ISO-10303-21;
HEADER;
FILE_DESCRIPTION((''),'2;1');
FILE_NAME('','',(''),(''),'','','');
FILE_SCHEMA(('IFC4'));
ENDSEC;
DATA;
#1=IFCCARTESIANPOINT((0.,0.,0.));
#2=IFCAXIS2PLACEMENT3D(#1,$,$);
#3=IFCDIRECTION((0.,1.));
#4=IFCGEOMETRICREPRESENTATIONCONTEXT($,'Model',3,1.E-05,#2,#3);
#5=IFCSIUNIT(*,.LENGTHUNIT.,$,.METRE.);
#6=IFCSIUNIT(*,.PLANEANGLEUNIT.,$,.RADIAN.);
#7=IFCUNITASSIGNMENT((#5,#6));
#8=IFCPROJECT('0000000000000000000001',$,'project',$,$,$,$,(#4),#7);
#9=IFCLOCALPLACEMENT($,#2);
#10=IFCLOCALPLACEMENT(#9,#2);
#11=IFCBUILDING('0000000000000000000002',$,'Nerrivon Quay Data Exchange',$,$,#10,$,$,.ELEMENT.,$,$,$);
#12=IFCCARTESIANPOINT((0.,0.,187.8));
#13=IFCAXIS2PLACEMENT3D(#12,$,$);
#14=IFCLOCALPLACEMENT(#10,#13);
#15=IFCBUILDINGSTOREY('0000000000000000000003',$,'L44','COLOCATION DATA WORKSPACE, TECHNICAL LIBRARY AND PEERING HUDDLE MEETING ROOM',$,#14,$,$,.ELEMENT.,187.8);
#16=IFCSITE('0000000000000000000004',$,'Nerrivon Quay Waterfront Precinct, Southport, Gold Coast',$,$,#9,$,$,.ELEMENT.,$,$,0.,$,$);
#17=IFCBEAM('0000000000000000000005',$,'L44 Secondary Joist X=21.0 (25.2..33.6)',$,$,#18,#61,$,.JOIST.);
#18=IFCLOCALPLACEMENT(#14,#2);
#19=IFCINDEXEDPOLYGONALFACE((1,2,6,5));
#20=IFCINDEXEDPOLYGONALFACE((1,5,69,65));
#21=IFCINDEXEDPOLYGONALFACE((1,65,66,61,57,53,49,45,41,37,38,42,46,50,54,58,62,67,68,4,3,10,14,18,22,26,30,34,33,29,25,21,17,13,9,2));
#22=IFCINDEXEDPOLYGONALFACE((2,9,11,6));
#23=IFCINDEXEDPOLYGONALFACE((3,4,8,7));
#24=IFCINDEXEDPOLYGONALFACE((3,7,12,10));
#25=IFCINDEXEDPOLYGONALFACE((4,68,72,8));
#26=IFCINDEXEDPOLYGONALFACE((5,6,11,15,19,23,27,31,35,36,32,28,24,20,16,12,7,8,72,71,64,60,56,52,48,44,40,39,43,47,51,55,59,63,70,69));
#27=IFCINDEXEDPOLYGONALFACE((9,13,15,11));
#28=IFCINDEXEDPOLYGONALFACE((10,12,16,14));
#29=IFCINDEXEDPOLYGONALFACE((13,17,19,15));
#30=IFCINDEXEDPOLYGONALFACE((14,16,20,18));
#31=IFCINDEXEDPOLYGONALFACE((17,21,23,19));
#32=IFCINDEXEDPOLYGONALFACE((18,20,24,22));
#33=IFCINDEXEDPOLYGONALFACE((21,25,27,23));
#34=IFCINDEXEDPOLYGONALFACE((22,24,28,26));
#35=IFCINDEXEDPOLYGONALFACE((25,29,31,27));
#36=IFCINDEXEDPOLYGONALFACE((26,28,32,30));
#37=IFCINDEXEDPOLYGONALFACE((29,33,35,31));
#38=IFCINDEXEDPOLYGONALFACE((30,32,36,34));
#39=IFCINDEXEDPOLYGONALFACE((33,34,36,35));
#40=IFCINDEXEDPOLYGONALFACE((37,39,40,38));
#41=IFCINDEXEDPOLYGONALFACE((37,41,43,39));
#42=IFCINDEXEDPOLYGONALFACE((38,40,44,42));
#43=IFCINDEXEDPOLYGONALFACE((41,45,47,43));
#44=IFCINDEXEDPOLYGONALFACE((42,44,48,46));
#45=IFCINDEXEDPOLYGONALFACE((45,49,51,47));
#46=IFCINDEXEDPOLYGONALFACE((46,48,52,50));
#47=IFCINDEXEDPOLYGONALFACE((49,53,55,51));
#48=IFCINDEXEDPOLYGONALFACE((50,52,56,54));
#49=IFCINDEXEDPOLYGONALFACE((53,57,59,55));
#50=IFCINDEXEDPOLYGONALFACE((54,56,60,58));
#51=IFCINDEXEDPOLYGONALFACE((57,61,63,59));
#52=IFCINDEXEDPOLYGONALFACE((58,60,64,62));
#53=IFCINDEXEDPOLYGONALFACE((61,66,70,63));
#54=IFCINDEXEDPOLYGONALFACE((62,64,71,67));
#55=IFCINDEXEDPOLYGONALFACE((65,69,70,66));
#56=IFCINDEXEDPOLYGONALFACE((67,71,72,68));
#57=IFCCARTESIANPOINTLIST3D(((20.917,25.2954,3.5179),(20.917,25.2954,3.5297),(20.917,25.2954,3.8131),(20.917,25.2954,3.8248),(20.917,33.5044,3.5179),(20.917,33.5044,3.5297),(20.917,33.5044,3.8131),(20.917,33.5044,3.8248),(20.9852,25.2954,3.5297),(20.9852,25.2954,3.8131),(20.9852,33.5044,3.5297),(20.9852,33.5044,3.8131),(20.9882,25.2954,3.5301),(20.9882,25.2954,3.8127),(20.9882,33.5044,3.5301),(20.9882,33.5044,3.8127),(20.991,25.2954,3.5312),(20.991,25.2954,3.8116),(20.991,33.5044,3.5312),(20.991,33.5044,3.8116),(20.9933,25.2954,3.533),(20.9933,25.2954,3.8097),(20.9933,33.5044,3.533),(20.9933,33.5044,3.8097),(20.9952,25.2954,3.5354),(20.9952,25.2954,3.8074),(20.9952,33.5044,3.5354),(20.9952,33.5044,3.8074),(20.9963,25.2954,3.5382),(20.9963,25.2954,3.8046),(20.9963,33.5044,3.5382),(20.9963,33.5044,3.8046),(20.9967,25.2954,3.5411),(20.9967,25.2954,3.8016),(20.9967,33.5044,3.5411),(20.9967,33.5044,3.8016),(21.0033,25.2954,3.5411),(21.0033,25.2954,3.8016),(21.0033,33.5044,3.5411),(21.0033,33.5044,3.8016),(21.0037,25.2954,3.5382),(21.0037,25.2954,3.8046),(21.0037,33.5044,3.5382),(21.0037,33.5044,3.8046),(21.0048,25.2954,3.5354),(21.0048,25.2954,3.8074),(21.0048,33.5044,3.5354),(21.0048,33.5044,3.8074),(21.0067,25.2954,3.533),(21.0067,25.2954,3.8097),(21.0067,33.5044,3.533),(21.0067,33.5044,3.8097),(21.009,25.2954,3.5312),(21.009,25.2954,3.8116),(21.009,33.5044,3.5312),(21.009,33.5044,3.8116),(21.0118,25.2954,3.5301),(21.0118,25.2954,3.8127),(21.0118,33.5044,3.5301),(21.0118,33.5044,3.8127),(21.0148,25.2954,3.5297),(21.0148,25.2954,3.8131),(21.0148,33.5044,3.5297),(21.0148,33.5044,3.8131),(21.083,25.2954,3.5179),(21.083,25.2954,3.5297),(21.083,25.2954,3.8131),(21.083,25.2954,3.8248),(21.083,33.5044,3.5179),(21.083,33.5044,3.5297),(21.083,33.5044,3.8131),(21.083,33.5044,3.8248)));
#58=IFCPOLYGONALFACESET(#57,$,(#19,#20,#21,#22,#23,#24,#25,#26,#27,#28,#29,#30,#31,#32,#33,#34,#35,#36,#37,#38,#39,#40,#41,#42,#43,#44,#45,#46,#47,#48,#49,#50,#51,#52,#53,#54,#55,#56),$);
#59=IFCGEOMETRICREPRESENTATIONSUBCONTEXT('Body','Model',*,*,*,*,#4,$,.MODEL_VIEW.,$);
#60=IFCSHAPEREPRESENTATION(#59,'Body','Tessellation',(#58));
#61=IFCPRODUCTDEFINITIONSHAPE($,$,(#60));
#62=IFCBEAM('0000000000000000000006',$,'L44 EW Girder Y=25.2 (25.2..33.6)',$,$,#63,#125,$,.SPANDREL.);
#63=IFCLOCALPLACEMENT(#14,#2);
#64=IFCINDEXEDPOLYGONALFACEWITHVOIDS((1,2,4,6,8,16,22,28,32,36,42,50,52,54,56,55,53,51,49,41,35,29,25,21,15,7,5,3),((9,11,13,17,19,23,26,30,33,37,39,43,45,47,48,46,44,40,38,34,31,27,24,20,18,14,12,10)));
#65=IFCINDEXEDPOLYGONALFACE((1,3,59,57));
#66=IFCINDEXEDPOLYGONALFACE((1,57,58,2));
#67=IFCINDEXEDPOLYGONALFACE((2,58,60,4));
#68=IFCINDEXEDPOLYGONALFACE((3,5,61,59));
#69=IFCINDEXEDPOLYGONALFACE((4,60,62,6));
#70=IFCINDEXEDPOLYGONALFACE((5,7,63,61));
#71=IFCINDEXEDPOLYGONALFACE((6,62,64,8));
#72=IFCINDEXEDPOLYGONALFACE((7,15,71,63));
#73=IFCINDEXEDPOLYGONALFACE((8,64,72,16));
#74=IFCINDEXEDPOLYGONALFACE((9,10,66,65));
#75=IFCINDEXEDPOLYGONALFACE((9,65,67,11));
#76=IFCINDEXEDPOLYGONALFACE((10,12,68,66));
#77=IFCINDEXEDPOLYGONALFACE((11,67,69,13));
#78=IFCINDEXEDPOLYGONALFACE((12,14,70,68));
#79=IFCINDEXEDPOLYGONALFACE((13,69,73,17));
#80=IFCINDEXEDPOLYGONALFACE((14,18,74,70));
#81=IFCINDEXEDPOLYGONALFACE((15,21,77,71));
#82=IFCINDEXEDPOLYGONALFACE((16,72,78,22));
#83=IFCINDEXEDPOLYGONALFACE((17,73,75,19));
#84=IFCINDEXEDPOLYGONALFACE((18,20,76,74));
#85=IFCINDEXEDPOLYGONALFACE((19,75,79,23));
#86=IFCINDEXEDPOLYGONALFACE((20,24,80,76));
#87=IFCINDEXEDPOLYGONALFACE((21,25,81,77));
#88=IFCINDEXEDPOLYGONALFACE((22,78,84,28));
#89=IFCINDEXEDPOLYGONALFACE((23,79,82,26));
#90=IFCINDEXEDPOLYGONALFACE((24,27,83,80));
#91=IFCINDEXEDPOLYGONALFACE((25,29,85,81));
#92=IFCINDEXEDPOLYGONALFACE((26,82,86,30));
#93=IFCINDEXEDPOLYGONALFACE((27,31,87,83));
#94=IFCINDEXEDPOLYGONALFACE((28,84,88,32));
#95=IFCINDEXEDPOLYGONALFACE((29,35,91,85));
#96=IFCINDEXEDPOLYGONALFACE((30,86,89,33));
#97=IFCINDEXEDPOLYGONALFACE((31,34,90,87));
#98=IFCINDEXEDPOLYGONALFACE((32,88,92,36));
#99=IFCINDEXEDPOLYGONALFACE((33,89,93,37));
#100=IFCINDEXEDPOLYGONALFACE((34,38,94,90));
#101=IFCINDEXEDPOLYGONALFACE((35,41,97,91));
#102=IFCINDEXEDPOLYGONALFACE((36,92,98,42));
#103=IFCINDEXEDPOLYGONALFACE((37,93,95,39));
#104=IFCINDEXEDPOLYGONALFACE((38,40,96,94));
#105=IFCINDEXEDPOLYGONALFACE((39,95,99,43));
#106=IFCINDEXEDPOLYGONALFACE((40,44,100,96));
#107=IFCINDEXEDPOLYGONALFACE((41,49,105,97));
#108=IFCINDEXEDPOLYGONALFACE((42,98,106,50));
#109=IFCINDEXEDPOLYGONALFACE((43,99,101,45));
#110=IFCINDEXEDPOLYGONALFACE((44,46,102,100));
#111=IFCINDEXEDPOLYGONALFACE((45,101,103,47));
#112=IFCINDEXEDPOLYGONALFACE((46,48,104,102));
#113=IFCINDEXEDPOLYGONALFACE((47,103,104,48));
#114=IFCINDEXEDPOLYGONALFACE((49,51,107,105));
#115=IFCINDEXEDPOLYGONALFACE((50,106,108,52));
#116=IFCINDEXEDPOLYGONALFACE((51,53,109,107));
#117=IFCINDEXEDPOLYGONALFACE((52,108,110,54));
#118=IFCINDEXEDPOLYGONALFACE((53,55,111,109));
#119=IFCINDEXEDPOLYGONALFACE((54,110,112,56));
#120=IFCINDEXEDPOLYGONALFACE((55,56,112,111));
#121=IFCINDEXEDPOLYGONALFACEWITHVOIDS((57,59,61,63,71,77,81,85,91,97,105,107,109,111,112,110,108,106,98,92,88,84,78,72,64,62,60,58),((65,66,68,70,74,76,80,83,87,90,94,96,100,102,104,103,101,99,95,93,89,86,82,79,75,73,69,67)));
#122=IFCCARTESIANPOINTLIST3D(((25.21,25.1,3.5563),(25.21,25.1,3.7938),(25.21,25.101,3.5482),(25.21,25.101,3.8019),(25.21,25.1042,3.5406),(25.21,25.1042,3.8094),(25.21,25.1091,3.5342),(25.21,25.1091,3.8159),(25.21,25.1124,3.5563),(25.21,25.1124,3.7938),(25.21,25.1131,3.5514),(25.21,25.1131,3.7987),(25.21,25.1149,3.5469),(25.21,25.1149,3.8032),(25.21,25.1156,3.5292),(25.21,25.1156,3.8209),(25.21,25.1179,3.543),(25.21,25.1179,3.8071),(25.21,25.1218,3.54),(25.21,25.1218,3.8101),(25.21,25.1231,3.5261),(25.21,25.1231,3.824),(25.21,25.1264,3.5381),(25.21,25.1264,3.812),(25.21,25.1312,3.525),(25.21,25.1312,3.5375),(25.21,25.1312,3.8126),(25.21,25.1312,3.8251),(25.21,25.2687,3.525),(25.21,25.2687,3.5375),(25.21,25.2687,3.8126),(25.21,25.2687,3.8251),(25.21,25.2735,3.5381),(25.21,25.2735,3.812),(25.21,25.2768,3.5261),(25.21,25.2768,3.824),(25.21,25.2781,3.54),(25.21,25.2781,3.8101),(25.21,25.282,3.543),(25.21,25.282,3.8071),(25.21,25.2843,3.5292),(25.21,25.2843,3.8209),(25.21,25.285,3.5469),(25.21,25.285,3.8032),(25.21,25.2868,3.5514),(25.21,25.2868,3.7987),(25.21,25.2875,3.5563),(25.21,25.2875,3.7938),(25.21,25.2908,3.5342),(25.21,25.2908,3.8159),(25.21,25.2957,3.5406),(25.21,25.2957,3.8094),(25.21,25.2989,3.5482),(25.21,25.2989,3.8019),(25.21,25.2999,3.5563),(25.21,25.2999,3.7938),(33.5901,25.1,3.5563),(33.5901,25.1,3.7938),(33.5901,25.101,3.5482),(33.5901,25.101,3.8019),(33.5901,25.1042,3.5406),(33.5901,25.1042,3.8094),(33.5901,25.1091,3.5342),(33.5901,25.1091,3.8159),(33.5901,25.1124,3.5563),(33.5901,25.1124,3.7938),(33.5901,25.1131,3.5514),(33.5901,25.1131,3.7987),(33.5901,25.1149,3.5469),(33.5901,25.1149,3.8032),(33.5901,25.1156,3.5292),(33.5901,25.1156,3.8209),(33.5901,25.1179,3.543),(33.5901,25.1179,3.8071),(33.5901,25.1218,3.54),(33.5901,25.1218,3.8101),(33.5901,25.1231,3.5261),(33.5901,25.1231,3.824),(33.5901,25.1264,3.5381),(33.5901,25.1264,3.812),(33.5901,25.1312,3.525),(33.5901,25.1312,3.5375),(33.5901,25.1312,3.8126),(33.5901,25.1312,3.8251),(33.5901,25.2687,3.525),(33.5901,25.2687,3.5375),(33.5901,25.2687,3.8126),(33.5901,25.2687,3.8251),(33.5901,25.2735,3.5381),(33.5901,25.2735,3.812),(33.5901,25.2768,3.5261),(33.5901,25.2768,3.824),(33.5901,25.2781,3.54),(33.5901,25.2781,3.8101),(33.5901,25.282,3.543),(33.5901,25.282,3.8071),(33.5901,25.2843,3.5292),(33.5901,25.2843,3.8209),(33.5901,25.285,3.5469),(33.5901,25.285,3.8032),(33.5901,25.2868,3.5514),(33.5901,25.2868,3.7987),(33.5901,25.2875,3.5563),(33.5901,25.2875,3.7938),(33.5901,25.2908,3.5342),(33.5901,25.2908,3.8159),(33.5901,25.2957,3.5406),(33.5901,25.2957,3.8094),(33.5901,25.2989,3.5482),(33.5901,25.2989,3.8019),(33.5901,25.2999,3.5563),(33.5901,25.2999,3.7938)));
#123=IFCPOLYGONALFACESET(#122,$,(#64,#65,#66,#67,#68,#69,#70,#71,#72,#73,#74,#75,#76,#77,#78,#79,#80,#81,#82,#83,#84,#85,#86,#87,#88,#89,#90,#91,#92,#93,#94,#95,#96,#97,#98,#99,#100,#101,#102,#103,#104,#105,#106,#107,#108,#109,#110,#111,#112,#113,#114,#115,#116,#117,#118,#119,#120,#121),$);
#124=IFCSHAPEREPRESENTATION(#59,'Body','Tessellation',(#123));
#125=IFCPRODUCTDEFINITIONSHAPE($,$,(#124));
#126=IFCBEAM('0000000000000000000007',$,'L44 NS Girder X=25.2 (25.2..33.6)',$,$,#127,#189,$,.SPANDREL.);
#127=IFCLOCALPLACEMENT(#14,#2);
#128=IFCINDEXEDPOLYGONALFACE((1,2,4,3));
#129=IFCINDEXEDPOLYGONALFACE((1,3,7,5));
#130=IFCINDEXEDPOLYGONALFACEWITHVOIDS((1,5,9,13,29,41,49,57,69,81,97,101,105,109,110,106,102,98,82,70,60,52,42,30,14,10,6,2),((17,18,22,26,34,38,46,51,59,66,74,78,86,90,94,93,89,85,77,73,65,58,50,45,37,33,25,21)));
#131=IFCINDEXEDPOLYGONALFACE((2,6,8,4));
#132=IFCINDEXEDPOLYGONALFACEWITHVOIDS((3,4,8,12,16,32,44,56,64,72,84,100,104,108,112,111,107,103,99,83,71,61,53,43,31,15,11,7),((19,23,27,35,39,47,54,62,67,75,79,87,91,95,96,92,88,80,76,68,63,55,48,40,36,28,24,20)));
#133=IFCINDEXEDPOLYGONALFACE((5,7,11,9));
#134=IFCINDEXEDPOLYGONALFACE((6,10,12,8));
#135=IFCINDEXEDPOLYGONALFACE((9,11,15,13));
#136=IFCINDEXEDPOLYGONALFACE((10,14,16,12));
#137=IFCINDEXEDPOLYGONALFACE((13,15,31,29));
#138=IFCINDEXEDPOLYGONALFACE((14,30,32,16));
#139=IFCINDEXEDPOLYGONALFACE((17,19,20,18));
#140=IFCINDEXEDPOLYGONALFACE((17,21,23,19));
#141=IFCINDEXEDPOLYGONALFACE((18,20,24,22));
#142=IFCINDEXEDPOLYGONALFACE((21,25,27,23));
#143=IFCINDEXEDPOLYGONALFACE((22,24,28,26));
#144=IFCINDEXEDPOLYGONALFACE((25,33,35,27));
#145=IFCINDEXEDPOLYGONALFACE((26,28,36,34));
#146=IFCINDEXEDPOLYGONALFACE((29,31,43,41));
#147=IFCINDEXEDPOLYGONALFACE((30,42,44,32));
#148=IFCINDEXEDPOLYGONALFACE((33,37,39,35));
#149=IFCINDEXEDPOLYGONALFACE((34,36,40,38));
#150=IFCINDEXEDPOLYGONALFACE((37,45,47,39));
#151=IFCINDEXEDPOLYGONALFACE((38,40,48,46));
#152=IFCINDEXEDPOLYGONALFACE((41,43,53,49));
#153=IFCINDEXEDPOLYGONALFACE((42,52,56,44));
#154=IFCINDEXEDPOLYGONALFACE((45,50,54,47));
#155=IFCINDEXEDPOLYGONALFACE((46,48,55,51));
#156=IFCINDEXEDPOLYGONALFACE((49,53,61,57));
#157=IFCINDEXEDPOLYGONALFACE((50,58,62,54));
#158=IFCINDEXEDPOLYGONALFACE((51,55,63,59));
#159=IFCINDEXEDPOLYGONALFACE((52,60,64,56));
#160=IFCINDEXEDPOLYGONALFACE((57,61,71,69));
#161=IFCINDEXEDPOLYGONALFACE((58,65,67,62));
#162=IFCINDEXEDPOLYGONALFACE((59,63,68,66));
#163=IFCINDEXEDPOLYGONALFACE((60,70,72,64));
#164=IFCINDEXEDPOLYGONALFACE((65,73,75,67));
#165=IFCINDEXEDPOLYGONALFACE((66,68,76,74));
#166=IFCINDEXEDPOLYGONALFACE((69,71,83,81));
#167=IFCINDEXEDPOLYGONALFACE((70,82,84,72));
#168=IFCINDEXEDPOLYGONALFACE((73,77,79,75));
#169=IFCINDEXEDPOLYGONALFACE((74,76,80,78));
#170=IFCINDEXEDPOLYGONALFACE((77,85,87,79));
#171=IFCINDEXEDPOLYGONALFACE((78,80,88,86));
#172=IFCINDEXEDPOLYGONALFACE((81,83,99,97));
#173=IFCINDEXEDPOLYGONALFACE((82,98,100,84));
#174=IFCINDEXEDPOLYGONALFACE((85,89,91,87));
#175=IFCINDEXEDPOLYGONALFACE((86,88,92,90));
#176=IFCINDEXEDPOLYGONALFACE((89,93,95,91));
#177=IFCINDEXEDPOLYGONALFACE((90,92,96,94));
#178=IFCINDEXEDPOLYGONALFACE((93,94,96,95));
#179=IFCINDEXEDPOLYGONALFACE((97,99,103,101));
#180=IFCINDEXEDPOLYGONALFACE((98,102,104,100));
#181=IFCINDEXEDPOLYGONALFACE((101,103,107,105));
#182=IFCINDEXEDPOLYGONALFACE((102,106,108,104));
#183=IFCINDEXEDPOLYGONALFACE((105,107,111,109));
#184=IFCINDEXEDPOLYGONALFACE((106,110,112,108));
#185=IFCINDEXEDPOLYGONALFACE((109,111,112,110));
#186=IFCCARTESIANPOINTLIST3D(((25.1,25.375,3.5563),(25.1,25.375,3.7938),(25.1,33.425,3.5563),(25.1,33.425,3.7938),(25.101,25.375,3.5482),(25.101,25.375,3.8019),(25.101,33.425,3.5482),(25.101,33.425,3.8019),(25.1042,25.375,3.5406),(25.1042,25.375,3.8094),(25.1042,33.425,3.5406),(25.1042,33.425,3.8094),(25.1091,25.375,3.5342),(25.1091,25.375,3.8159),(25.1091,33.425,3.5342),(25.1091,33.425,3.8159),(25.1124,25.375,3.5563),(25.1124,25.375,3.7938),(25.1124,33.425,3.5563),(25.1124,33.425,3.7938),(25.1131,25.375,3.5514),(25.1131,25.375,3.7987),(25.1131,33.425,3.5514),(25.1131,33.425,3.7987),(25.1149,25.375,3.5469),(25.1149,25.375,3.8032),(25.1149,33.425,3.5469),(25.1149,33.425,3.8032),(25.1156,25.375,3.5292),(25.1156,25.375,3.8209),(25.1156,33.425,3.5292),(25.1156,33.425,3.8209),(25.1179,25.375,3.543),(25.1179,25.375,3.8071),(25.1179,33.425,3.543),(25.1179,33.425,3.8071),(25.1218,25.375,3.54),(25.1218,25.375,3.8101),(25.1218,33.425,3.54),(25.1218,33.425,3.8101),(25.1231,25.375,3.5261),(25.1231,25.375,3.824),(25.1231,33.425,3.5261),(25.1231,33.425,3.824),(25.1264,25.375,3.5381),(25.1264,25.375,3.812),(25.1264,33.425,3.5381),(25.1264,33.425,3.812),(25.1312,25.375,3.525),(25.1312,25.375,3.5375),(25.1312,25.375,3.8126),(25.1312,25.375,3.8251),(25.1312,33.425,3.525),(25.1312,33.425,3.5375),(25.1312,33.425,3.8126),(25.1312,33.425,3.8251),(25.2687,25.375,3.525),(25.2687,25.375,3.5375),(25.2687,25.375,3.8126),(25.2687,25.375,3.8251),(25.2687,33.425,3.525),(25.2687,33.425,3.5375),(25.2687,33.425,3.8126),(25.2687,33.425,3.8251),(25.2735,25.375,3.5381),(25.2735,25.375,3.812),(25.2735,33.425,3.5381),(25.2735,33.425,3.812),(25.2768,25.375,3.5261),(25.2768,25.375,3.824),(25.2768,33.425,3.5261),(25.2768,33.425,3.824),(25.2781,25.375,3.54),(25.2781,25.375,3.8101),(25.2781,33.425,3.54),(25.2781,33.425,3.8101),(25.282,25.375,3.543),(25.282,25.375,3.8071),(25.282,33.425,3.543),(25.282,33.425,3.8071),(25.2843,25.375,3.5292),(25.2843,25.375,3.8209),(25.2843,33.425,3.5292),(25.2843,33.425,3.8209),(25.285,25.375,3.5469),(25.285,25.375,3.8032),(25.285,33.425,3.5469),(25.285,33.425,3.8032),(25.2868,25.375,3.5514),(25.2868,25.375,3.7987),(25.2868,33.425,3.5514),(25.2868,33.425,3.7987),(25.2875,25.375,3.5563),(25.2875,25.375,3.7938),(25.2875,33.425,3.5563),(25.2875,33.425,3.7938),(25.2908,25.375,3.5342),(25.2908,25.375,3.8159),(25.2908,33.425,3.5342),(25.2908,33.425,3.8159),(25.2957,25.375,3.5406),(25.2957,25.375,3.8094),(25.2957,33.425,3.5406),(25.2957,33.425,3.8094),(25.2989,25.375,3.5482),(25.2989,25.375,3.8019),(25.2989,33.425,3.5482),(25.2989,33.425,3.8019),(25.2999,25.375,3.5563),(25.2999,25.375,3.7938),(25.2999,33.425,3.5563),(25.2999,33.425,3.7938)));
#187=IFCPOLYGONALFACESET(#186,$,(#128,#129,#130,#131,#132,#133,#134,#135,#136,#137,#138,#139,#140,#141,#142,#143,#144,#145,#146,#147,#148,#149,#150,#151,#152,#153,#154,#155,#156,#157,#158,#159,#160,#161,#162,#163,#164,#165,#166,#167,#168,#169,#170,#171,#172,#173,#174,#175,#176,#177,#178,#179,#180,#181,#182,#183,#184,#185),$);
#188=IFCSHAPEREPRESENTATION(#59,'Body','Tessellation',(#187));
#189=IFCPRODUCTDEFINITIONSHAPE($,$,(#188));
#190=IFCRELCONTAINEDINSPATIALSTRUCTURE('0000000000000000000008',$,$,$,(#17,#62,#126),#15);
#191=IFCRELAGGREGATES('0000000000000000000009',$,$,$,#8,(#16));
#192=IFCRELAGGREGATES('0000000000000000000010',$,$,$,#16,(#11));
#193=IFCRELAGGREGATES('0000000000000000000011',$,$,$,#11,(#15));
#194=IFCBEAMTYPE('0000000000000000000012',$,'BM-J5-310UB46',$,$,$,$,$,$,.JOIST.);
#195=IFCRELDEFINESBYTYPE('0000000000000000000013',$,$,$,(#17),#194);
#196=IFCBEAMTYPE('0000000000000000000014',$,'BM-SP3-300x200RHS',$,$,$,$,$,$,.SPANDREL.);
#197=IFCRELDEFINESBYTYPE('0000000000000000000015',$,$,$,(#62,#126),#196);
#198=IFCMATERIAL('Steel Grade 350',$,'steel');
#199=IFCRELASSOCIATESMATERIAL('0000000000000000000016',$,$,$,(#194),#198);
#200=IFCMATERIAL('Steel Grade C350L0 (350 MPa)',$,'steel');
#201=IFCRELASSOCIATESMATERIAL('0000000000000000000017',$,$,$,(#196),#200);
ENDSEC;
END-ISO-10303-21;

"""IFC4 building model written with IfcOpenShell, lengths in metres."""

from ifc_helpers import new_model, si_unit, direction, frame, origin, origin_2d, place, context, subcontext, project, spatial, hollow_rectangle, i_section, extrude, material, material_profile, profile_set, type_object, element, save


model = new_model("IFC4")

# Units and contexts
model_context = context("Model", 3, precision=1e-05, world=origin(), true_north=direction((0.0, 1.0)))
body_context = subcontext(model_context, "Body", "Model", "MODEL_VIEW")
ifc_project = project(units=[si_unit("LENGTHUNIT", "METRE"), si_unit("PLANEANGLEUNIT", "RADIAN")], contexts=[model_context])

# Site, building, storey
site_placement = place(None, origin())
site = spatial("IfcSite", under=ifc_project, at=site_placement, Name="Nerrivon Quay Waterfront Precinct, Southport, Gold Coast", CompositionType="ELEMENT", RefElevation=0.0)
building_placement = place(site_placement, origin())
building = spatial("IfcBuilding", under=site, at=building_placement, Name="Nerrivon Quay Data Exchange", CompositionType="ELEMENT")
storey_placement = place(building_placement, frame((0.0, 0.0, 187.8)))
storey = spatial("IfcBuildingStorey", under=building, at=storey_placement, Name="L44", Description="COLOCATION DATA WORKSPACE, TECHNICAL LIBRARY AND PEERING HUDDLE MEETING ROOM", CompositionType="ELEMENT", Elevation=187.8)

# Shared definitions
ifc_material_1 = material(Name="Steel Grade 350", Category="steel")

# Beams
ifc_material_profile_1 = material_profile(ifc_material_1, i_section(OverallWidth=0.166, OverallDepth=0.3069, WebThickness=0.0066, FlangeThickness=0.0117, FilletRadius=0.0115, at=origin_2d()), Name="310UB46.2")
ifc_profile_set_1 = profile_set([ifc_material_profile_1], Name="Steel Grade 350")
beam_type_1 = type_object("IfcBeamType", Name="BM-J5-310UB46", PredefinedType="JOIST", material=ifc_profile_set_1)
for number, where, z_axis, x_axis, name in (
    (1, (21.0, 25.2954, 3.6714), (0.0, 1.0, 0.0), (-1.0, 0.0, 0.0), "L44 Secondary Joist X=21.0 (25.2..33.6)"),
):
    element("IfcBeam", number, at=place(storey_placement, frame(where, z_axis=z_axis, x_axis=x_axis)), inside=storey, type_object=beam_type_1, Name=name, PredefinedType="JOIST", context=body_context, shape_type="SweptSolid", body=[
        extrude(i_section(OverallWidth=0.166, OverallDepth=0.3069, WebThickness=0.0066, FlangeThickness=0.0117, FilletRadius=0.0115, at=origin_2d()), origin(), (0.0, 0.0, 1.0), 8.209),
    ])
ifc_material_2 = material(Name="Steel Grade C350L0 (350 MPa)", Category="steel")
ifc_material_profile_2 = material_profile(ifc_material_2, hollow_rectangle(XDim=0.2, YDim=0.3, WallThickness=0.0125, InnerFilletRadius=0.0188, OuterFilletRadius=0.0312, at=origin_2d()), Name="300x200x12.5RHS")
ifc_profile_set_2 = profile_set([ifc_material_profile_2], Name="Steel Grade C350L0 (350 MPa)")
beam_type_2 = type_object("IfcBeamType", Name="BM-SP3-300x200RHS", PredefinedType="SPANDREL", material=ifc_profile_set_2)
beam_1_placement = place(storey_placement, frame((25.21, 25.2, 3.675), z_axis=(1.0, 0.0, 0.0), x_axis=(0.0, 1.0, 0.0)))
element("IfcBeam", 2, at=beam_1_placement, inside=storey, type_object=beam_type_2, Name="L44 EW Girder Y=25.2 (25.2..33.6)", PredefinedType="SPANDREL", context=body_context, shape_type="SweptSolid", body=[
    extrude(hollow_rectangle(XDim=0.2, YDim=0.3, WallThickness=0.0125, InnerFilletRadius=0.0188, OuterFilletRadius=0.0312, at=origin_2d()), origin(), (0.0, 0.0, 1.0), 8.3801),
])
beam_2_placement = place(storey_placement, frame((25.2, 25.375, 3.675), z_axis=(0.0, 1.0, 0.0), x_axis=(-1.0, 0.0, 0.0)))
element("IfcBeam", 3, at=beam_2_placement, inside=storey, type_object=beam_type_2, Name="L44 NS Girder X=25.2 (25.2..33.6)", PredefinedType="SPANDREL", context=body_context, shape_type="SweptSolid", body=[
    extrude(hollow_rectangle(XDim=0.2, YDim=0.3, WallThickness=0.0125, InnerFilletRadius=0.0188, OuterFilletRadius=0.0312, at=origin_2d()), origin(), (0.0, 0.0, 1.0), 8.05),
])

save(model, "model.ifc")
